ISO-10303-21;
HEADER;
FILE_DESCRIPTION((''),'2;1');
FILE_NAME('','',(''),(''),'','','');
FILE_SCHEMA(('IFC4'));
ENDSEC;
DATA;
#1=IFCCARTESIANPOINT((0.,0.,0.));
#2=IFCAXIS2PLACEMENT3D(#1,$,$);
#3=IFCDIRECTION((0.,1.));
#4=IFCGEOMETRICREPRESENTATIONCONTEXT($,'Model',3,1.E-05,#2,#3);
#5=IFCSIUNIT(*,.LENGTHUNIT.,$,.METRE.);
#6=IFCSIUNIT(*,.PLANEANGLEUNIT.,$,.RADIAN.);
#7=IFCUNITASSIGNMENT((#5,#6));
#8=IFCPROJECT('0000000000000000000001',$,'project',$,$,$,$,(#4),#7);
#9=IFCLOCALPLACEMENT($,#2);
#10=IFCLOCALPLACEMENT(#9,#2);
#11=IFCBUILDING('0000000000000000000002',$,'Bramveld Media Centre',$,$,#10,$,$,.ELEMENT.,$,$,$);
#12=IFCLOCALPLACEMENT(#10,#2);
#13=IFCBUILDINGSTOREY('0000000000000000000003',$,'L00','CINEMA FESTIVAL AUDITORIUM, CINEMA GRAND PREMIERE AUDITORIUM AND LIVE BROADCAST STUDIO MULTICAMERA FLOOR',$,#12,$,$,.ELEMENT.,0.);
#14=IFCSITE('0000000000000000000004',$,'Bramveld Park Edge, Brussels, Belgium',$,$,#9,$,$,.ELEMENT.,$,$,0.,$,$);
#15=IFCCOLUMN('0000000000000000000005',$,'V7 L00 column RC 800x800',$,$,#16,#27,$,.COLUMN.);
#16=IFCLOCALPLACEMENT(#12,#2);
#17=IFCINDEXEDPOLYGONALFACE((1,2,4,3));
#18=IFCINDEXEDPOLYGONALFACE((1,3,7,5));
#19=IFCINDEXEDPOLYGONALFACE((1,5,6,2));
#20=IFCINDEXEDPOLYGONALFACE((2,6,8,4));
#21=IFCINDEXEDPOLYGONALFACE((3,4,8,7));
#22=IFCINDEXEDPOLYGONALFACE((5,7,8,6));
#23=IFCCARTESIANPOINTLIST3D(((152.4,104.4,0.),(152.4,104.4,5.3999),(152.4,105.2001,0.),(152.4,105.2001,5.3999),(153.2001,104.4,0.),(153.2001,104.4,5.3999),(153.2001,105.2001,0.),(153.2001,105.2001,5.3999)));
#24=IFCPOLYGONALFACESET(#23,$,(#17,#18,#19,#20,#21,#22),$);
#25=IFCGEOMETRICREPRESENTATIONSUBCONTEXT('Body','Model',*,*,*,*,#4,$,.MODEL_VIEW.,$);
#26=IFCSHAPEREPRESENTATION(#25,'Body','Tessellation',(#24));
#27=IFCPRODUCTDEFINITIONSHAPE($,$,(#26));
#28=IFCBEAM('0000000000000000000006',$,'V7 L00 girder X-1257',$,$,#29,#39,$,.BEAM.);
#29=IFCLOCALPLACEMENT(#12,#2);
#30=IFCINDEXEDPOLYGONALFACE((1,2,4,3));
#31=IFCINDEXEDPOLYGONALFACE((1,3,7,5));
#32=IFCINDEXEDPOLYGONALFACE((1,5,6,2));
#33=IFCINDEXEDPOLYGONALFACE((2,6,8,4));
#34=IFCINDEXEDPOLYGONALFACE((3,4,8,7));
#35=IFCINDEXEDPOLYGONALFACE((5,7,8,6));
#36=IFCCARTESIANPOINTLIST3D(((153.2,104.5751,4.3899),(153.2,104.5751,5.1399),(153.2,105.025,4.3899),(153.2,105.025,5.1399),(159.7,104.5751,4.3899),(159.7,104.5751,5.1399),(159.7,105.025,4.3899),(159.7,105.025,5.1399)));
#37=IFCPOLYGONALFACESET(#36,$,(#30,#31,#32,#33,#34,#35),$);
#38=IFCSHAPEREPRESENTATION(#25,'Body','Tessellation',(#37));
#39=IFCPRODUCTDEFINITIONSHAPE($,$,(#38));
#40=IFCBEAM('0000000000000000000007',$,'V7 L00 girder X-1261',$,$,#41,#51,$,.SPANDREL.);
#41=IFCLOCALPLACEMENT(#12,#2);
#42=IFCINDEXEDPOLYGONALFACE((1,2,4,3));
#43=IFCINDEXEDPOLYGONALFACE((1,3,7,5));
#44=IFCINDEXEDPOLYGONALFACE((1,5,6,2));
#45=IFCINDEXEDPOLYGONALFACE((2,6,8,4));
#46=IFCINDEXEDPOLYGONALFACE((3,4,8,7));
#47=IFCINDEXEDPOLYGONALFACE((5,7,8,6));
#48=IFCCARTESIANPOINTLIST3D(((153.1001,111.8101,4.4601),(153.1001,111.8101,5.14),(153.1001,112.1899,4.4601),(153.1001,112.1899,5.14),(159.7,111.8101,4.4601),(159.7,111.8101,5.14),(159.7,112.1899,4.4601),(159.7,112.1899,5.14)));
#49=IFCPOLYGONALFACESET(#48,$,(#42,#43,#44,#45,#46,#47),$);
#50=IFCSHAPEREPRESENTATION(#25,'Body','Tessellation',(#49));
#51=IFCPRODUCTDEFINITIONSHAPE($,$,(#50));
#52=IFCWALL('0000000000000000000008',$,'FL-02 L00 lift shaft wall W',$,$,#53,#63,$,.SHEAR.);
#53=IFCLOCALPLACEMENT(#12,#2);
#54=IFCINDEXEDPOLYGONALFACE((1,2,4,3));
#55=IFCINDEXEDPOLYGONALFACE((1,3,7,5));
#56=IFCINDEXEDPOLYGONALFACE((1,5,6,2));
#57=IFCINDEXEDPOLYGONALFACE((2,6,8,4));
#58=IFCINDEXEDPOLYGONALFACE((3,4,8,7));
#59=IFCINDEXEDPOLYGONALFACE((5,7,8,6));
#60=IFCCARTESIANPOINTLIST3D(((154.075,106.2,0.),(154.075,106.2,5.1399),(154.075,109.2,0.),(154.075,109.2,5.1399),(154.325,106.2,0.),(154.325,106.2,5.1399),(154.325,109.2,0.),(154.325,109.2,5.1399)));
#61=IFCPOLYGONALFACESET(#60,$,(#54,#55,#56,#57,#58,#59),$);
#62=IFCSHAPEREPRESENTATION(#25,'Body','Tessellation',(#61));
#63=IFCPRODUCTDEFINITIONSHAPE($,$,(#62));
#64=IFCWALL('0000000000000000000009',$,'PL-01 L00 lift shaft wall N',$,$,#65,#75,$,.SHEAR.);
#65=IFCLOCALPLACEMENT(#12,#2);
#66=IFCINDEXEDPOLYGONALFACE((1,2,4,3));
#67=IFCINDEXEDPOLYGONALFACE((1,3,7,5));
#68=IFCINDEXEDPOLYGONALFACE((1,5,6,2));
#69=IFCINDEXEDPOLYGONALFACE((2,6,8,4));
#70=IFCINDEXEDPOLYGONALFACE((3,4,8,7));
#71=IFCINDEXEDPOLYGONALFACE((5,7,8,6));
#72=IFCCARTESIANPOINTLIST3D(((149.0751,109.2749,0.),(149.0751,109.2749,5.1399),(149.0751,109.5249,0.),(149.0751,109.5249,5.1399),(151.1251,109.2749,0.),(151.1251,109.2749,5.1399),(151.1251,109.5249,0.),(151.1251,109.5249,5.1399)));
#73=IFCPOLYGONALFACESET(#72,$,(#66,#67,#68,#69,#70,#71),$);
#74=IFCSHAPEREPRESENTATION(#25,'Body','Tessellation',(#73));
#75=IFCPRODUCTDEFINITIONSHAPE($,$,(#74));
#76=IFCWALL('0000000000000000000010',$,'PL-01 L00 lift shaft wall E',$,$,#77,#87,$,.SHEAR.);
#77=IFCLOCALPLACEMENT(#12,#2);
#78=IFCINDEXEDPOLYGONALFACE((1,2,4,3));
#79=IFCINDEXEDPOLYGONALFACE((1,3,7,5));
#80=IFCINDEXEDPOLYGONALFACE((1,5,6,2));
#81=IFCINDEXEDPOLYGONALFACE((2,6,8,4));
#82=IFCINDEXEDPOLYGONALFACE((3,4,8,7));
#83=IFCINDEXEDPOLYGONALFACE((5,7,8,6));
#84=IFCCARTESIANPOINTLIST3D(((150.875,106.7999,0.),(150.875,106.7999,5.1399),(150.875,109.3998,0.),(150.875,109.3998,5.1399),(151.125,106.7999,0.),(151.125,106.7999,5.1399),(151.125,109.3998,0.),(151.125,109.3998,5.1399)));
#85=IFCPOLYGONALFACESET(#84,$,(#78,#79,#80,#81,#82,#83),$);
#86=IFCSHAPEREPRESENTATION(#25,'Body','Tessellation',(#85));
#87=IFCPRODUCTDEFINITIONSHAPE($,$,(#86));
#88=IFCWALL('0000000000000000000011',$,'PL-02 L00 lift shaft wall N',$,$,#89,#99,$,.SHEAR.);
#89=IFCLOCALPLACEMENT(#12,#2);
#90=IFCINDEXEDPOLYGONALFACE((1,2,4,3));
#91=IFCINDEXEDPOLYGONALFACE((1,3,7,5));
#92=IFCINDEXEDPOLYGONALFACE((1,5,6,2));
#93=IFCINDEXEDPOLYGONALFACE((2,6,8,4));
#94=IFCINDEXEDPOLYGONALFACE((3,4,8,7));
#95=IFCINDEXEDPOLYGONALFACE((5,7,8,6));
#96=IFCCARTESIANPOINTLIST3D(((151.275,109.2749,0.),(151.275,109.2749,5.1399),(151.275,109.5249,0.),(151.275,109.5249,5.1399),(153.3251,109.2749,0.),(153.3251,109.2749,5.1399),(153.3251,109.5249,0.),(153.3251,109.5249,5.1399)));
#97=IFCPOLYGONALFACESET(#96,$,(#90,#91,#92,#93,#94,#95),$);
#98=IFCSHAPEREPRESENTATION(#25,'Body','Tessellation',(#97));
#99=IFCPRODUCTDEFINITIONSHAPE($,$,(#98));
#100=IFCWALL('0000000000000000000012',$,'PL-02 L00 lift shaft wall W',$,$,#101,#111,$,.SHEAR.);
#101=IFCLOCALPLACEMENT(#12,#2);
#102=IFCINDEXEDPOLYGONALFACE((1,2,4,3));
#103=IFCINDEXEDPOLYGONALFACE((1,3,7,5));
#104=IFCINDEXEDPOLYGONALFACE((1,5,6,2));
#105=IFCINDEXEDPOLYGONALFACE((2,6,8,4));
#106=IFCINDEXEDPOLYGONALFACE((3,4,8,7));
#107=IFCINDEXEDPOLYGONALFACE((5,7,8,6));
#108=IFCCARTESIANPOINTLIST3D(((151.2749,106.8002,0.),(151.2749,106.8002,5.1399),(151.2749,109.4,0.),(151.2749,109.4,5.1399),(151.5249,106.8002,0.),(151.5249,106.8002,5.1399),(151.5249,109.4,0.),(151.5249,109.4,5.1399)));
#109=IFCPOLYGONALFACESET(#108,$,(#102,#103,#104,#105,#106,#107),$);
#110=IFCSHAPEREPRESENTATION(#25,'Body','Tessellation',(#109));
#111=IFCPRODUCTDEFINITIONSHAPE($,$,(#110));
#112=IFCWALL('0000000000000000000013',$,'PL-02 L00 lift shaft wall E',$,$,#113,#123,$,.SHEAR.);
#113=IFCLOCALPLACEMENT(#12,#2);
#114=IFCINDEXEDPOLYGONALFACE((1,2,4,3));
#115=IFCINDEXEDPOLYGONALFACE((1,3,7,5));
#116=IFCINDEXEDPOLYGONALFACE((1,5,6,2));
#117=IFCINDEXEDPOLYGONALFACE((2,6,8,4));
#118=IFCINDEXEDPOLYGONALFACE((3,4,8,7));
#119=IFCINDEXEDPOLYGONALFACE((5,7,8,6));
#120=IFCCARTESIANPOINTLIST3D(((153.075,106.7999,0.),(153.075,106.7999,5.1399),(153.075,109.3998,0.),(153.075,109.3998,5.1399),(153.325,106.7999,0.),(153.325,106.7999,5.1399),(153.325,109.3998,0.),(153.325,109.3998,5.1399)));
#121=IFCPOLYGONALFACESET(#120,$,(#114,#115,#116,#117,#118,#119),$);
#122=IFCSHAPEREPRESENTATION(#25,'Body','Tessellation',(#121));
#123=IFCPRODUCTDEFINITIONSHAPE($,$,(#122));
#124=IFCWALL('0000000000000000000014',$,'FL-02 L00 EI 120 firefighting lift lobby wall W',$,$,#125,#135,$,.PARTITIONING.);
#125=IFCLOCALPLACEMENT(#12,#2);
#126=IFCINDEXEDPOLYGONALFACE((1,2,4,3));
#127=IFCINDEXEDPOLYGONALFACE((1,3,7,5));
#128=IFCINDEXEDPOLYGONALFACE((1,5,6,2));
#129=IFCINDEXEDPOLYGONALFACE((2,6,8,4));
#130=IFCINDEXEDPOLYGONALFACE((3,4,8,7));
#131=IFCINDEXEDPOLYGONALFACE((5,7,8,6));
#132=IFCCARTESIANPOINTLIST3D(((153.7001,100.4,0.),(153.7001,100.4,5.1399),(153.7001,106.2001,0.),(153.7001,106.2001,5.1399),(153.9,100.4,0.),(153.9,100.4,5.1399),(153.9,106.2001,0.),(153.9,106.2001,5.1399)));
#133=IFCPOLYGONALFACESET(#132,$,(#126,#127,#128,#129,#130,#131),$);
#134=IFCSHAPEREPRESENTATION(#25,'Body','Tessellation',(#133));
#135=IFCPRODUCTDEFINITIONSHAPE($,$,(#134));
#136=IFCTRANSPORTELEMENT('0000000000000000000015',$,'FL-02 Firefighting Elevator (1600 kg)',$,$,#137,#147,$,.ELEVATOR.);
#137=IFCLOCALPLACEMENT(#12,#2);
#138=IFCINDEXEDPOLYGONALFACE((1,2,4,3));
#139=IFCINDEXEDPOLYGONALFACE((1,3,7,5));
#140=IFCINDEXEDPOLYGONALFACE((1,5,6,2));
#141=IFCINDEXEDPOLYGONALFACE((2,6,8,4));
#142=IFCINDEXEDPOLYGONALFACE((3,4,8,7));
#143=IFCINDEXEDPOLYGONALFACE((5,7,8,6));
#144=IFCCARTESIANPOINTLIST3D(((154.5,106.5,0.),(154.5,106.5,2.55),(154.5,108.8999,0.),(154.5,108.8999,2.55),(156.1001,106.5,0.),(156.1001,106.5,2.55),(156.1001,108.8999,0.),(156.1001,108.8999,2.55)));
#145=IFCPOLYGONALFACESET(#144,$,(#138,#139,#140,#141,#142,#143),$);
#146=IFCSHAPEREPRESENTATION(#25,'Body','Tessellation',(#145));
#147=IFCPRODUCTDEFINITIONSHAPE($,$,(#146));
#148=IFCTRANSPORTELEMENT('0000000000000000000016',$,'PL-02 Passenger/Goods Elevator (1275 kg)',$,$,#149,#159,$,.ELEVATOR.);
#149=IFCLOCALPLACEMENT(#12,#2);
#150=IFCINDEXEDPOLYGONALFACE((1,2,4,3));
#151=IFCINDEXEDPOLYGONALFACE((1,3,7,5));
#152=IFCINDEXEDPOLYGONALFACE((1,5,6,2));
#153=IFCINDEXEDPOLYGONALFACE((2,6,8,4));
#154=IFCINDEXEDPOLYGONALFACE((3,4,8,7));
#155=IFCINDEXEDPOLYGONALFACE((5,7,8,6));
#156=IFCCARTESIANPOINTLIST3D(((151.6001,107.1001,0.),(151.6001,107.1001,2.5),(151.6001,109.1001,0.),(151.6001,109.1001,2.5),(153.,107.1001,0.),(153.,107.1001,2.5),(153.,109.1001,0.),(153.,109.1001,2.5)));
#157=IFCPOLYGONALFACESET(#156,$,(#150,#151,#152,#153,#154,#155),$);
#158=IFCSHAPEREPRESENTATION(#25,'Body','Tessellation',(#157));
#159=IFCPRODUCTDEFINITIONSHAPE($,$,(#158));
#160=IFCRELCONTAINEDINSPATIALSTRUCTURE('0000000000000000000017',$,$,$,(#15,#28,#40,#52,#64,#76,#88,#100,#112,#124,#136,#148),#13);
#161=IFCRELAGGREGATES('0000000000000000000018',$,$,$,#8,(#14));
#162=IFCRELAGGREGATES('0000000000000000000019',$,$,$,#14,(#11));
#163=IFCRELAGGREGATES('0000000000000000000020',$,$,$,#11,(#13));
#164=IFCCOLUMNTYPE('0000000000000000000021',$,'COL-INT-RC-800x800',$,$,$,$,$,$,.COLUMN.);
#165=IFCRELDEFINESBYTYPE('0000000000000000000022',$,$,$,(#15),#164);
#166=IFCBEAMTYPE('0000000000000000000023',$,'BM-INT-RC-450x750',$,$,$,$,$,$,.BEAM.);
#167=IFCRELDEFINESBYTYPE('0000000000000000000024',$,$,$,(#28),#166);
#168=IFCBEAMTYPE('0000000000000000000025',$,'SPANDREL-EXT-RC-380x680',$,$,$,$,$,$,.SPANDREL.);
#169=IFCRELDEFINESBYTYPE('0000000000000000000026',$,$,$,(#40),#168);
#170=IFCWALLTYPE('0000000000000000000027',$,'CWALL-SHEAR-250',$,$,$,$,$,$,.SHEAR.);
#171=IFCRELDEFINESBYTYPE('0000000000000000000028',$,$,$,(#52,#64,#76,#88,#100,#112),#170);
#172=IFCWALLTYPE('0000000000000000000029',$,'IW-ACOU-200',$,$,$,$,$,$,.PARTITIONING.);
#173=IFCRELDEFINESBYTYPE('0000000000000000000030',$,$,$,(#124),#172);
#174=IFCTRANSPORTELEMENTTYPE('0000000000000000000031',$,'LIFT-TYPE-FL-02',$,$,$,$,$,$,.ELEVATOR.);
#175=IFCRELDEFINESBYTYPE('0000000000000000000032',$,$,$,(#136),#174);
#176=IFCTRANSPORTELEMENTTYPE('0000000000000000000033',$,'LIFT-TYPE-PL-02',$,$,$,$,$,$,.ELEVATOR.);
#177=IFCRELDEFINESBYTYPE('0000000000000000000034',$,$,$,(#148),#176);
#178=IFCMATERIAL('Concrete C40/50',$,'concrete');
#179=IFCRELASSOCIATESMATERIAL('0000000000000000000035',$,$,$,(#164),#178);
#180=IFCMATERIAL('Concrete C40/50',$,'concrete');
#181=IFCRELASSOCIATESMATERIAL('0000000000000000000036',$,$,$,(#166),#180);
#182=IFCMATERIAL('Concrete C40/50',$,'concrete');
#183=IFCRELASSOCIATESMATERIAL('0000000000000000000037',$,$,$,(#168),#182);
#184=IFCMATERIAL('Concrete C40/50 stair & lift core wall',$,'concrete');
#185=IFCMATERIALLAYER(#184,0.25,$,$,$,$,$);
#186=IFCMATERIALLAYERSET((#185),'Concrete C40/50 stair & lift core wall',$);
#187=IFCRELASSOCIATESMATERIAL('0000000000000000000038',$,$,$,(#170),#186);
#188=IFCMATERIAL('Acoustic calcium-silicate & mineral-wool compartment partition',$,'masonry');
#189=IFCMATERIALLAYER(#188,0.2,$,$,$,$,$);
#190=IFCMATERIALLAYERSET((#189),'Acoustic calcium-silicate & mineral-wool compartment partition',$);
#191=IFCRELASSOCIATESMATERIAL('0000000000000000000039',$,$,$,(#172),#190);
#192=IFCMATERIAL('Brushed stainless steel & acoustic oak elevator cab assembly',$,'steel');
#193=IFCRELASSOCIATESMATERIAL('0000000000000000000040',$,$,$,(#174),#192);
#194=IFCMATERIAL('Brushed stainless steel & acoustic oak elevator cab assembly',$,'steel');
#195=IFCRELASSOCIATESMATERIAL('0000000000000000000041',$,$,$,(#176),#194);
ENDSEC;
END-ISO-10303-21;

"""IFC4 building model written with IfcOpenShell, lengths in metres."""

from ifc_helpers import new_model, si_unit, direction, frame, frame_2d, origin, origin_2d, place, context, subcontext, project, spatial, rectangle, extrude, material, layer, layer_set, material_profile, profile_set, type_object, element, save


model = new_model("IFC4")

# Units and contexts
model_context = context("Model", 3, precision=1e-05, world=origin(), true_north=direction((0.0, 1.0)))
body_context = subcontext(model_context, "Body", "Model", "MODEL_VIEW")
ifc_project = project(units=[si_unit("LENGTHUNIT", "METRE"), si_unit("PLANEANGLEUNIT", "RADIAN")], contexts=[model_context])

# Site, building, storey
site_placement = place(None, origin())
site = spatial("IfcSite", under=ifc_project, at=site_placement, Name="Bramveld Park Edge, Brussels, Belgium", CompositionType="ELEMENT", RefElevation=0.0)
building_placement = place(site_placement, origin())
building = spatial("IfcBuilding", under=site, at=building_placement, Name="Bramveld Media Centre", CompositionType="ELEMENT")
storey_placement = place(building_placement, origin())
storey = spatial("IfcBuildingStorey", under=building, at=storey_placement, Name="L00", Description="CINEMA FESTIVAL AUDITORIUM, CINEMA GRAND PREMIERE AUDITORIUM AND LIVE BROADCAST STUDIO MULTICAMERA FLOOR", CompositionType="ELEMENT", Elevation=0.0)

# Column
ifc_material_1 = material(Name="Concrete C40/50", Category="concrete")
ifc_material_profile_1 = material_profile(ifc_material_1, rectangle(XDim=0.8, YDim=0.8, at=origin_2d()), Name="RC 800x800")
ifc_profile_set_1 = profile_set([ifc_material_profile_1], Name="Concrete C40/50")
column_type_1 = type_object("IfcColumnType", Name="COL-INT-RC-800x800", PredefinedType="COLUMN", material=ifc_profile_set_1)
column_1_placement = place(storey_placement, frame((152.8, 104.8, 0.0), z_axis=(0.0, 0.0, 1.0), x_axis=(1.0, 0.0, 0.0)))
element("IfcColumn", 1, at=column_1_placement, inside=storey, type_object=column_type_1, Name="V7 L00 column RC 800x800", PredefinedType="COLUMN", context=body_context, shape_type="SweptSolid", body=[
    extrude(rectangle(XDim=0.8, YDim=0.8, at=origin_2d()), origin(), (0.0, 0.0, 1.0), 5.3999),
])

# Beams
ifc_material_2 = material(Name="Concrete C40/50", Category="concrete")
ifc_material_profile_2 = material_profile(ifc_material_2, rectangle(XDim=0.45, YDim=0.75, at=origin_2d()), Name="RC 450x750")
ifc_profile_set_2 = profile_set([ifc_material_profile_2], Name="Concrete C40/50")
beam_type_1 = type_object("IfcBeamType", Name="BM-INT-RC-450x750", PredefinedType="BEAM", material=ifc_profile_set_2)
beam_1_placement = place(storey_placement, frame((153.2, 104.8, 4.7649), z_axis=(1.0, 0.0, 0.0), x_axis=(0.0, 1.0, 0.0)))
element("IfcBeam", 2, at=beam_1_placement, inside=storey, type_object=beam_type_1, Name="V7 L00 girder X-1257", PredefinedType="BEAM", context=body_context, shape_type="SweptSolid", body=[
    extrude(rectangle(XDim=0.45, YDim=0.75, at=origin_2d()), origin(), (0.0, 0.0, 1.0), 6.5),
])
ifc_material_3 = material(Name="Concrete C40/50", Category="concrete")
ifc_material_profile_3 = material_profile(ifc_material_3, rectangle(XDim=0.3799, YDim=0.6799, at=origin_2d()), Name="RC 380x680")
ifc_profile_set_3 = profile_set([ifc_material_profile_3], Name="Concrete C40/50")
beam_type_2 = type_object("IfcBeamType", Name="SPANDREL-EXT-RC-380x680", PredefinedType="SPANDREL", material=ifc_profile_set_3)
beam_2_placement = place(storey_placement, frame((153.1001, 112.0, 4.8), z_axis=(1.0, 0.0, 0.0), x_axis=(0.0, 1.0, 0.0)))
element("IfcBeam", 3, at=beam_2_placement, inside=storey, type_object=beam_type_2, Name="V7 L00 girder X-1261", PredefinedType="SPANDREL", context=body_context, shape_type="SweptSolid", body=[
    extrude(rectangle(XDim=0.3799, YDim=0.6799, at=origin_2d()), origin(), (0.0, 0.0, 1.0), 6.5999),
])

# Shared definitions
ifc_material_4 = material(Name="Concrete C40/50 stair & lift core wall", Category="concrete")
ifc_layer_1 = layer(ifc_material_4, 0.25)
ifc_layer_set_1 = layer_set([ifc_layer_1], Name="Concrete C40/50 stair & lift core wall")
wall_type_1 = type_object("IfcWallType", Name="CWALL-SHEAR-250", PredefinedType="SHEAR", material=ifc_layer_set_1)

# Walls
wall_1_placement = place(storey_placement, frame((154.2, 109.2, 0.0), z_axis=(0.0, 0.0, 1.0), x_axis=(0.0, -1.0, 0.0)))
element("IfcWall", 4, at=wall_1_placement, inside=storey, type_object=wall_type_1, Name="FL-02 L00 lift shaft wall W", PredefinedType="SHEAR", context=body_context, shape_type="SweptSolid", body=[
    extrude(rectangle(XDim=3.0, YDim=0.25, at=frame_2d((1.5, 0.0))), origin(), (0.0, 0.0, 1.0), 5.1399),
])
wall_2_placement = place(storey_placement, frame((151.125, 109.3999, 0.0), z_axis=(0.0, 0.0, 1.0), x_axis=(-1.0, 0.0, 0.0)))
element("IfcWall", 5, at=wall_2_placement, inside=storey, type_object=wall_type_1, Name="PL-01 L00 lift shaft wall N", PredefinedType="SHEAR", context=body_context, shape_type="SweptSolid", body=[
    extrude(rectangle(XDim=2.05, YDim=0.25, at=frame_2d((1.0249, 0.0))), origin(), (0.0, 0.0, 1.0), 5.1399),
])
wall_3_placement = place(storey_placement, frame((151.0, 106.8, 0.0), z_axis=(0.0, 0.0, 1.0), x_axis=(0.0, 1.0, 0.0)))
element("IfcWall", 6, at=wall_3_placement, inside=storey, type_object=wall_type_1, Name="PL-01 L00 lift shaft wall E", PredefinedType="SHEAR", context=body_context, shape_type="SweptSolid", body=[
    extrude(rectangle(XDim=2.5999, YDim=0.25, at=frame_2d((1.2998, 0.0))), origin(), (0.0, 0.0, 1.0), 5.1399),
])

# Walls
wall_4_placement = place(storey_placement, frame((153.325, 109.3999, 0.0), z_axis=(0.0, 0.0, 1.0), x_axis=(-1.0, 0.0, 0.0)))
element("IfcWall", 7, at=wall_4_placement, inside=storey, type_object=wall_type_1, Name="PL-02 L00 lift shaft wall N", PredefinedType="SHEAR", context=body_context, shape_type="SweptSolid", body=[
    extrude(rectangle(XDim=2.05, YDim=0.25, at=frame_2d((1.0249, 0.0))), origin(), (0.0, 0.0, 1.0), 5.1399),
])
for number, where, z_axis, x_axis, name in (
    (8, (151.3999, 109.3999, 0.0), (0.0, 0.0, 1.0), (0.0, -1.0, 0.0), "PL-02 L00 lift shaft wall W"),
    (9, (153.2, 106.8, 0.0), (0.0, 0.0, 1.0), (0.0, 1.0, 0.0), "PL-02 L00 lift shaft wall E"),
):
    element("IfcWall", number, at=place(storey_placement, frame(where, z_axis=z_axis, x_axis=x_axis)), inside=storey, type_object=wall_type_1, Name=name, PredefinedType="SHEAR", context=body_context, shape_type="SweptSolid", body=[
        extrude(rectangle(XDim=2.5999, YDim=0.25, at=frame_2d((1.2998, 0.0))), origin(), (0.0, 0.0, 1.0), 5.1399),
    ])
ifc_material_5 = material(Name="Acoustic calcium-silicate & mineral-wool compartment partition", Category="masonry")
ifc_layer_2 = layer(ifc_material_5, 0.2)
ifc_layer_set_2 = layer_set([ifc_layer_2], Name="Acoustic calcium-silicate & mineral-wool compartment partition")
wall_type_2 = type_object("IfcWallType", Name="IW-ACOU-200", PredefinedType="PARTITIONING", material=ifc_layer_set_2)
wall_5_placement = place(storey_placement, frame((153.8, 106.2, 0.0), z_axis=(0.0, 0.0, 1.0), x_axis=(0.0, -1.0, 0.0)))
element("IfcWall", 10, at=wall_5_placement, inside=storey, type_object=wall_type_2, Name="FL-02 L00 EI 120 firefighting lift lobby wall W", PredefinedType="PARTITIONING", context=body_context, shape_type="SweptSolid", body=[
    extrude(rectangle(XDim=5.8, YDim=0.2, at=frame_2d((2.8999, 0.0))), origin(), (0.0, 0.0, 1.0), 5.1399),
])

# Transport elements
ifc_material_6 = material(Name="Brushed stainless steel & acoustic oak elevator cab assembly", Category="steel")
transport_element_type_1 = type_object("IfcTransportElementType", Name="LIFT-TYPE-FL-02", PredefinedType="ELEVATOR", material=ifc_material_6)
transport_element_1_placement = place(storey_placement, frame((155.3, 107.7, 0.0), z_axis=(0.0, 0.0, 1.0), x_axis=(1.0, 0.0, 0.0)))
element("IfcTransportElement", 11, at=transport_element_1_placement, inside=storey, type_object=transport_element_type_1, Name="FL-02 Firefighting Elevator (1600 kg)", PredefinedType="ELEVATOR", context=body_context, shape_type="SweptSolid", body=[
    extrude(rectangle(XDim=1.6001, YDim=2.3999, at=origin_2d()), origin(), (0.0, 0.0, 1.0), 2.55),
])
ifc_material_7 = material(Name="Brushed stainless steel & acoustic oak elevator cab assembly", Category="steel")
transport_element_type_2 = type_object("IfcTransportElementType", Name="LIFT-TYPE-PL-02", PredefinedType="ELEVATOR", material=ifc_material_7)
transport_element_2_placement = place(storey_placement, frame((152.3, 108.1001, 0.0), z_axis=(0.0, 0.0, 1.0), x_axis=(1.0, 0.0, 0.0)))
element("IfcTransportElement", 12, at=transport_element_2_placement, inside=storey, type_object=transport_element_type_2, Name="PL-02 Passenger/Goods Elevator (1275 kg)", PredefinedType="ELEVATOR", context=body_context, shape_type="SweptSolid", body=[
    extrude(rectangle(XDim=1.3999, YDim=2.0, at=origin_2d()), origin(), (0.0, 0.0, 1.0), 2.5),
])

save(model, "model.ifc")
